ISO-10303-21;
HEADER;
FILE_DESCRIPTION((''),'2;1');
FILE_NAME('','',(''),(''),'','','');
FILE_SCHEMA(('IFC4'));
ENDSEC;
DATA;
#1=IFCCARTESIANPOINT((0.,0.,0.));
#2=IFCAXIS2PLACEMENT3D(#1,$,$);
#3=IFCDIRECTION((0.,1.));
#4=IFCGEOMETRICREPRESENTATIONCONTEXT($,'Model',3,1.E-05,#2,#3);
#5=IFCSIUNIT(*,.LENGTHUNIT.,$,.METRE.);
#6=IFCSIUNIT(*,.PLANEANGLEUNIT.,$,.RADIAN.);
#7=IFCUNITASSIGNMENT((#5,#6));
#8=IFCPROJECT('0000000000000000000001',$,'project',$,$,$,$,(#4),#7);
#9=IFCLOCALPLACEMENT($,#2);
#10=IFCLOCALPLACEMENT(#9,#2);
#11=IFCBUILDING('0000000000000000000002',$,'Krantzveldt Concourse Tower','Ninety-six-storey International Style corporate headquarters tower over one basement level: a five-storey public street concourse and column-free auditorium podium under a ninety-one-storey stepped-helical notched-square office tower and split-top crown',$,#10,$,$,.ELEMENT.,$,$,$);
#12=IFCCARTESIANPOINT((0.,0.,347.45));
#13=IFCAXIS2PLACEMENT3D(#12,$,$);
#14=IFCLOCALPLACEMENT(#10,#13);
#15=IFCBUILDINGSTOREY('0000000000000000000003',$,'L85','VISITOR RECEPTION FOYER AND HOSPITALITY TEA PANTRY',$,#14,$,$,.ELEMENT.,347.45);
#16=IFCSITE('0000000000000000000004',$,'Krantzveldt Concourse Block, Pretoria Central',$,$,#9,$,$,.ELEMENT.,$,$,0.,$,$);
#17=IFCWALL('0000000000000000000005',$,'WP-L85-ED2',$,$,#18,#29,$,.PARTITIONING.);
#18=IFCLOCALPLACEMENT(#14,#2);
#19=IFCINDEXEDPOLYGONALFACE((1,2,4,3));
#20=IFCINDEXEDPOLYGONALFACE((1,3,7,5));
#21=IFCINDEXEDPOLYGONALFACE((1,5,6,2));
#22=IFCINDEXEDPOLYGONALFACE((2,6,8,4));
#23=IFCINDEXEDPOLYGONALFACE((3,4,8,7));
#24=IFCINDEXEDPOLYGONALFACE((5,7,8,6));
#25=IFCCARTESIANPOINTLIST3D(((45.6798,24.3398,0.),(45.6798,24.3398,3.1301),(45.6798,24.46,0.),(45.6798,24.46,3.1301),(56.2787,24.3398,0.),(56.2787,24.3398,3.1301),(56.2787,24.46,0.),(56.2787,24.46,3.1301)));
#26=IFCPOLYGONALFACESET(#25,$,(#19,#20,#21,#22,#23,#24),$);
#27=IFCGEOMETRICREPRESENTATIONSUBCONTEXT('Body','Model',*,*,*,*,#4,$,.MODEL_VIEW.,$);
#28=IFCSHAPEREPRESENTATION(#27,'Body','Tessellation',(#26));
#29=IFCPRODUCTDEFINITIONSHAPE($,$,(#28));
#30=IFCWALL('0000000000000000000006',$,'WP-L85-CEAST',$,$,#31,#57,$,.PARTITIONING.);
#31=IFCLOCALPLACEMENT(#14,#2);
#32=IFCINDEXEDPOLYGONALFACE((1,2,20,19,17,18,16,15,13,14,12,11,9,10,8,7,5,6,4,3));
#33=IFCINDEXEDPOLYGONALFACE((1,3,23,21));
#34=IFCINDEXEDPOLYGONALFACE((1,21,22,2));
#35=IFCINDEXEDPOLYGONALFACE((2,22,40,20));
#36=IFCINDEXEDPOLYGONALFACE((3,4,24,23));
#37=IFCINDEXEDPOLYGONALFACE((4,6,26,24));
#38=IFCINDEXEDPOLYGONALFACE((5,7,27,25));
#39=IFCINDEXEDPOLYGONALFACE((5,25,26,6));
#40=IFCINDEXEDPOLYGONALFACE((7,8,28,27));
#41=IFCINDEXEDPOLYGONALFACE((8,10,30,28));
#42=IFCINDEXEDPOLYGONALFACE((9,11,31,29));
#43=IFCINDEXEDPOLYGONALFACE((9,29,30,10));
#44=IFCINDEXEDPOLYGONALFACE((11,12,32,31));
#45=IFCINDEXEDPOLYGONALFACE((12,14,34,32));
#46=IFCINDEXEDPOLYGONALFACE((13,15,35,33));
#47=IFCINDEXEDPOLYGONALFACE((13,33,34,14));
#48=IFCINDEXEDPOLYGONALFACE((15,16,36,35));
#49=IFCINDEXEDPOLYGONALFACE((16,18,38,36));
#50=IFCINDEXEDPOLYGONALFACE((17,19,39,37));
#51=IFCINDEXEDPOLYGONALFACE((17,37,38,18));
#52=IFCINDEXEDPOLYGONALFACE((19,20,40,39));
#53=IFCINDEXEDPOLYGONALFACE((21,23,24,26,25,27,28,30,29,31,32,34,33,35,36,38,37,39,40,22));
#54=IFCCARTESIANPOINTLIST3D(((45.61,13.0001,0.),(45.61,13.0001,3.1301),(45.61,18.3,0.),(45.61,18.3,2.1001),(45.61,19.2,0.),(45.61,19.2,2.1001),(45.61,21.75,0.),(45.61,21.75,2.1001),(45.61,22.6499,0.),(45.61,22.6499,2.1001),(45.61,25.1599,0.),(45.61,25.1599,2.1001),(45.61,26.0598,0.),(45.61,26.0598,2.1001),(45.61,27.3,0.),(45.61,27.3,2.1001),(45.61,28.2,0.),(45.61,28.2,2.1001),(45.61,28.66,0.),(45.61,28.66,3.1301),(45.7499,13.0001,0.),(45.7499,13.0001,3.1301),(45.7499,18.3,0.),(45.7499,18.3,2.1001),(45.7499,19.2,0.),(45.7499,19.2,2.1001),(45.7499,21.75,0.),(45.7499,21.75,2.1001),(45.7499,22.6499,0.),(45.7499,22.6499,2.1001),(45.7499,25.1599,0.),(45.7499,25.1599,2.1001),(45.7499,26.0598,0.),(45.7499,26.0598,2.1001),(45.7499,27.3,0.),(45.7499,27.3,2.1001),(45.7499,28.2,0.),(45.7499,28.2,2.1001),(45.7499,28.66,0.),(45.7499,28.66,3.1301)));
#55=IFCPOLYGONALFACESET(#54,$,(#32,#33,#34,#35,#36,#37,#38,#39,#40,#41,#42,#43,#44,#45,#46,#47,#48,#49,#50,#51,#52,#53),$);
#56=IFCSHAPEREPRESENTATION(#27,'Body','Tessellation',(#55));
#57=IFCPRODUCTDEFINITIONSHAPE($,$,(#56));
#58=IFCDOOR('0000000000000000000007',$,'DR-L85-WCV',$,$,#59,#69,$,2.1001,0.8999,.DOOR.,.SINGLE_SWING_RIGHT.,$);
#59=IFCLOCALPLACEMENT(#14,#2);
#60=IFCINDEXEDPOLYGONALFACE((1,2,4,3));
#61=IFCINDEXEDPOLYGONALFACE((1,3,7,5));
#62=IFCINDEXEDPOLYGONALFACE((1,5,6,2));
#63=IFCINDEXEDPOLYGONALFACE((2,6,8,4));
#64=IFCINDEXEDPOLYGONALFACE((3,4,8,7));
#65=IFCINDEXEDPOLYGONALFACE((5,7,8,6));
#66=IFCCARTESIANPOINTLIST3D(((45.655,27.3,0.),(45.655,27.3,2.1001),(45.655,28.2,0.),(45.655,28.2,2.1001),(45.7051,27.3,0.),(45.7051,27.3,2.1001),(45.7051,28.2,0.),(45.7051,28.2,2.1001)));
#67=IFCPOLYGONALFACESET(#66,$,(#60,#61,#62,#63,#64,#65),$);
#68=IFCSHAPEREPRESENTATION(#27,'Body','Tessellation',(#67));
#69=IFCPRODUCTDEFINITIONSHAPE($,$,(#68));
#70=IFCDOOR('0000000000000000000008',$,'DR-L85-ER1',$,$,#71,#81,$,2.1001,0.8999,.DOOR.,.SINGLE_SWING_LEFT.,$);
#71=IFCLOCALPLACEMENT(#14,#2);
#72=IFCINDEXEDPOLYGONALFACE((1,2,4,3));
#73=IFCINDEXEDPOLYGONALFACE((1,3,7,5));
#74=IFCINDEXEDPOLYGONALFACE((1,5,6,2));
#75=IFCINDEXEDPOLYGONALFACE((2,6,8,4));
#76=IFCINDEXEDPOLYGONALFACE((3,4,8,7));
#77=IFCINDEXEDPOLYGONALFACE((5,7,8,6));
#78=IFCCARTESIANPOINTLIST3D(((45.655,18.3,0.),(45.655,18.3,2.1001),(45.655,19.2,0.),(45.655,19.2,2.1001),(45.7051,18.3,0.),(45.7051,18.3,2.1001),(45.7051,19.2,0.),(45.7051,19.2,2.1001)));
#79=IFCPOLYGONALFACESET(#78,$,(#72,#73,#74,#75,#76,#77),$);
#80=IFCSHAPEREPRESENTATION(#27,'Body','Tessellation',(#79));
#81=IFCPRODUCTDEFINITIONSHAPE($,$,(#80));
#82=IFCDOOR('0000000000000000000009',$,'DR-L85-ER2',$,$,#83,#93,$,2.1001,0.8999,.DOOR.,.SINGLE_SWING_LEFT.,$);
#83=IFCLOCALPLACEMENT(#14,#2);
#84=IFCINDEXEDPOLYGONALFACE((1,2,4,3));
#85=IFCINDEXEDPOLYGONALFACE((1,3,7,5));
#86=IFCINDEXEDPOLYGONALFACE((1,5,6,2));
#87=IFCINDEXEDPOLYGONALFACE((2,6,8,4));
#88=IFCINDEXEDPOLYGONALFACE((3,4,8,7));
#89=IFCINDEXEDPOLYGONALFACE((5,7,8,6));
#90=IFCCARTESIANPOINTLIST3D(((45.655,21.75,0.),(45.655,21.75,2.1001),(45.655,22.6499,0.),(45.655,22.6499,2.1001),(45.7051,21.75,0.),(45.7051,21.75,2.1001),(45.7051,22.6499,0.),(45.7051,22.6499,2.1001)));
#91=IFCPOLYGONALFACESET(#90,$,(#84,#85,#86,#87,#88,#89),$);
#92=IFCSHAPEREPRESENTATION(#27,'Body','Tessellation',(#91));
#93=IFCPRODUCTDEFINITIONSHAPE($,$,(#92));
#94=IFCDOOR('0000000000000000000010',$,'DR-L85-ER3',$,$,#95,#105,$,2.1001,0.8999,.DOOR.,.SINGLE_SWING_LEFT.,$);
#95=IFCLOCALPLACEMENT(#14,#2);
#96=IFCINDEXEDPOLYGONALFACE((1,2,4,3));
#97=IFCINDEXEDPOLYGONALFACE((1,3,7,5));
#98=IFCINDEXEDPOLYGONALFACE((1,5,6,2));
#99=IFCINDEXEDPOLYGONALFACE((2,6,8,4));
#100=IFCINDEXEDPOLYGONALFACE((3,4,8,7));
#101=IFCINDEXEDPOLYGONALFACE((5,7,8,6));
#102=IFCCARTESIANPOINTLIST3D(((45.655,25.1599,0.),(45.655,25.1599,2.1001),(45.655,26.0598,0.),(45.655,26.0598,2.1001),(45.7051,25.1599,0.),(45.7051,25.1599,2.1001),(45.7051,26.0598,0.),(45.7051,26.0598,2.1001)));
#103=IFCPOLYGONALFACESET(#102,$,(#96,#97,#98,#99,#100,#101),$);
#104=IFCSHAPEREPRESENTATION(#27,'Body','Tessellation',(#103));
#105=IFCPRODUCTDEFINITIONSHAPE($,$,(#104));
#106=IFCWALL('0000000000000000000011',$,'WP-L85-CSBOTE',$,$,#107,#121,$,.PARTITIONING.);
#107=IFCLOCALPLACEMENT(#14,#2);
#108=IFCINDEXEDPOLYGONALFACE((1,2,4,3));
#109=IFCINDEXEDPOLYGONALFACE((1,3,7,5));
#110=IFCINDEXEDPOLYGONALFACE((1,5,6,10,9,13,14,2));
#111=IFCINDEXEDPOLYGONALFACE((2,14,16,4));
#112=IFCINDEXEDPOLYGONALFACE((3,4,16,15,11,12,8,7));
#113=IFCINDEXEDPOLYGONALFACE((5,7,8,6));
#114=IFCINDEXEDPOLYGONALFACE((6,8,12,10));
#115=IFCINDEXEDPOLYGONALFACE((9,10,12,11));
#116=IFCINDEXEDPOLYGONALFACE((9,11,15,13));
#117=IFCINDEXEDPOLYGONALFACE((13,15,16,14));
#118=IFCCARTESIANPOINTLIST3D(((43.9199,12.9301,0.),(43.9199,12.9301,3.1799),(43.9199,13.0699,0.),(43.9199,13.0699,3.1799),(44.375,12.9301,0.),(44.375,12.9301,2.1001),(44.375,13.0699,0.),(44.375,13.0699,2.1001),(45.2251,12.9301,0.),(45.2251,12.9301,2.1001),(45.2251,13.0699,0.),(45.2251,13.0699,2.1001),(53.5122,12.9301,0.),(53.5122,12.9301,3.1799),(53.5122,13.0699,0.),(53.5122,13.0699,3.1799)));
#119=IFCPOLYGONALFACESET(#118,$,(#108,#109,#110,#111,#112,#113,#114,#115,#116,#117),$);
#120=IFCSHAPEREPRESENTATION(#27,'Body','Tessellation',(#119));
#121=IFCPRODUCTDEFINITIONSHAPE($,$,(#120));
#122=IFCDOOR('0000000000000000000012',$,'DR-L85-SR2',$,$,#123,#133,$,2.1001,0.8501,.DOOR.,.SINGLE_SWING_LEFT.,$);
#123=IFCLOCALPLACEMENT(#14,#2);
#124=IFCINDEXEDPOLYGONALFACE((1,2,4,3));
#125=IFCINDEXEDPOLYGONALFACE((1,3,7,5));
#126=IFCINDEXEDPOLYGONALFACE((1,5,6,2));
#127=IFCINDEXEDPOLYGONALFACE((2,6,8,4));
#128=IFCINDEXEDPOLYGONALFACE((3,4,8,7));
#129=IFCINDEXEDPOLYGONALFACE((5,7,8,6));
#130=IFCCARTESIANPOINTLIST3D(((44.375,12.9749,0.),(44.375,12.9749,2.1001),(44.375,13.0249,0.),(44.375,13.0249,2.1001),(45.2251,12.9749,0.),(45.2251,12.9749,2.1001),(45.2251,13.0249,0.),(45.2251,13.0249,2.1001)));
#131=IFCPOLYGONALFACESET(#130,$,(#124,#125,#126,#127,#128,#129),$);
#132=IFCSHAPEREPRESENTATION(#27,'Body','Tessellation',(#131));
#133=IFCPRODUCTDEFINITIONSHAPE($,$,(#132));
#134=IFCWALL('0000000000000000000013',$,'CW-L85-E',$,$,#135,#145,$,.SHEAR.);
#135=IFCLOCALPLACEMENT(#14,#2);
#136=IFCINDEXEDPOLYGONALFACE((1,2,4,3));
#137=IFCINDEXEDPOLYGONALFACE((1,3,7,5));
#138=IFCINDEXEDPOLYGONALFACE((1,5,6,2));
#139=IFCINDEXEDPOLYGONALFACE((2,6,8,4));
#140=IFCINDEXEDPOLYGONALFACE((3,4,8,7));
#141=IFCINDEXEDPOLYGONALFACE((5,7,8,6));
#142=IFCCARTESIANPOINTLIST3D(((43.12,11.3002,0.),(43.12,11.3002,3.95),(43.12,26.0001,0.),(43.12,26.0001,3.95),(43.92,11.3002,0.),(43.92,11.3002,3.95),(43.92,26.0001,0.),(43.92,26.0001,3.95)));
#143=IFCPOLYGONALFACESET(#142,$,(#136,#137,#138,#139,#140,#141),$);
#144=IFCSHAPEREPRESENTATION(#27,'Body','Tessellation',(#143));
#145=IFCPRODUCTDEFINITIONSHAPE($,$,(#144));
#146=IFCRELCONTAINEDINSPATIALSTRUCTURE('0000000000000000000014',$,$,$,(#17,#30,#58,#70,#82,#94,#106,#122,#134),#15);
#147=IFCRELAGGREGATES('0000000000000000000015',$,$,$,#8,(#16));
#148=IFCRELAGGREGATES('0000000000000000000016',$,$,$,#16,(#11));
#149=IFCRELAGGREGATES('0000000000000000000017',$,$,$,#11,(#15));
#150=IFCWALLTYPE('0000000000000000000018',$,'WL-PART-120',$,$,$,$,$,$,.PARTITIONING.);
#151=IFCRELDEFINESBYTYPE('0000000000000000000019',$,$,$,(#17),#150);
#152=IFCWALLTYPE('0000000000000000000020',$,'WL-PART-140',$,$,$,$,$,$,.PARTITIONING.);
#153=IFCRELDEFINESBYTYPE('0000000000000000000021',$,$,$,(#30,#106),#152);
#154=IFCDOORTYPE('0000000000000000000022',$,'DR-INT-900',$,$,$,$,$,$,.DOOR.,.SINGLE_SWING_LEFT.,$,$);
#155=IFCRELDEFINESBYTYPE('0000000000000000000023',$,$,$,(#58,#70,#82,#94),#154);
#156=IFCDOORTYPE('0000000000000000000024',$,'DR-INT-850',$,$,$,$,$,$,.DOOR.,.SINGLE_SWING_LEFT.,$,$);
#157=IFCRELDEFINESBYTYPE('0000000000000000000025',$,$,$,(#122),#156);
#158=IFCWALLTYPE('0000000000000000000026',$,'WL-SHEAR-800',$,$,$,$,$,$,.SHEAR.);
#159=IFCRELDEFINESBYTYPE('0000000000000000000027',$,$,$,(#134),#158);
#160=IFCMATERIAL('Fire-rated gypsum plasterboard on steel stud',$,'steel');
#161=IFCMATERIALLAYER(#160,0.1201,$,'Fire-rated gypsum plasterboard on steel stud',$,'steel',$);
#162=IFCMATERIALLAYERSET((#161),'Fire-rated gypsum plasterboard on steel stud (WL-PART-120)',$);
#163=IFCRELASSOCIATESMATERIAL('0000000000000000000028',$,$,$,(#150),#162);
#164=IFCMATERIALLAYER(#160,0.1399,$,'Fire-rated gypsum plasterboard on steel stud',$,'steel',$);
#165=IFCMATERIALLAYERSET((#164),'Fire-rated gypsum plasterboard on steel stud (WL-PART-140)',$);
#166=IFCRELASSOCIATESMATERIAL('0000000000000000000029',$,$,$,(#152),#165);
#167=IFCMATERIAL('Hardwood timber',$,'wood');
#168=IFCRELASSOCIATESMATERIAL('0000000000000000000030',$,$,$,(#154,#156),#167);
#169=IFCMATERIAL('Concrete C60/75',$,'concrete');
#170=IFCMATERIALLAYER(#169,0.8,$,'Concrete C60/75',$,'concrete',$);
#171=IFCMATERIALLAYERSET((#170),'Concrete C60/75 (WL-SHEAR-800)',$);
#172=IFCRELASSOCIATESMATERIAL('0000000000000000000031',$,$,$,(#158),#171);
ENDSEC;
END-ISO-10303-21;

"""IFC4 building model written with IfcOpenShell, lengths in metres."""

from ifc_helpers import new_model, si_unit, direction, frame, frame_2d, origin, place, context, subcontext, project, spatial, rectangle, extrude, material, layer, layer_set, type_object, element, fill, save


model = new_model("IFC4")

# Units and contexts
model_context = context("Model", 3, precision=1e-05, world=origin(), true_north=direction((0.0, 1.0)))
body_context = subcontext(model_context, "Body", "Model", "MODEL_VIEW")
ifc_project = project(units=[si_unit("LENGTHUNIT", "METRE"), si_unit("PLANEANGLEUNIT", "RADIAN")], contexts=[model_context])

# Site, building, storey
site_placement = place(None, origin())
site = spatial("IfcSite", under=ifc_project, at=site_placement, Name="Krantzveldt Concourse Block, Pretoria Central", CompositionType="ELEMENT", RefElevation=0.0)
building_placement = place(site_placement, origin())
building = spatial("IfcBuilding", under=site, at=building_placement, Name="Krantzveldt Concourse Tower", Description="Ninety-six-storey International Style corporate headquarters tower over one basement level: a five-storey public street concourse and column-free auditorium podium under a ninety-one-storey stepped-helical notched-square office tower and split-top crown", CompositionType="ELEMENT")
storey_placement = place(building_placement, frame((0.0, 0.0, 347.45)))
storey = spatial("IfcBuildingStorey", under=building, at=storey_placement, Name="L85", Description="VISITOR RECEPTION FOYER AND HOSPITALITY TEA PANTRY", CompositionType="ELEMENT", Elevation=347.45)

# Wall
ifc_material_1 = material(Name="Fire-rated gypsum plasterboard on steel stud", Category="steel")
ifc_layer_1 = layer(ifc_material_1, 0.1201, Name="Fire-rated gypsum plasterboard on steel stud", Category="steel")
ifc_layer_set_1 = layer_set([ifc_layer_1], Name="Fire-rated gypsum plasterboard on steel stud (WL-PART-120)")
wall_type_1 = type_object("IfcWallType", Name="WL-PART-120", PredefinedType="PARTITIONING", material=ifc_layer_set_1)
wall_1_placement = place(storey_placement, frame((45.6799, 24.3999, 0.0), z_axis=(0.0, 0.0, 1.0), x_axis=(1.0, 0.0, 0.0)))
element("IfcWall", 1, at=wall_1_placement, inside=storey, type_object=wall_type_1, Name="WP-L85-ED2", PredefinedType="PARTITIONING", context=body_context, shape_type="SweptSolid", body=[
    extrude(rectangle(XDim=10.5989, YDim=0.1201, at=frame_2d((5.2993, 0.0))), origin(), (0.0, 0.0, 1.0), 3.1301),
])

# Wall, openings, doors
ifc_layer_2 = layer(ifc_material_1, 0.1399, Name="Fire-rated gypsum plasterboard on steel stud", Category="steel")
ifc_layer_set_2 = layer_set([ifc_layer_2], Name="Fire-rated gypsum plasterboard on steel stud (WL-PART-140)")
wall_type_2 = type_object("IfcWallType", Name="WL-PART-140", PredefinedType="PARTITIONING", material=ifc_layer_set_2)
wall_2_placement = place(storey_placement, frame((45.6799, 13.0, 0.0), z_axis=(0.0, 0.0, 1.0), x_axis=(0.0, 1.0, 0.0)))
wall_2 = element("IfcWall", 2, at=wall_2_placement, inside=storey, type_object=wall_type_2, Name="WP-L85-CEAST", PredefinedType="PARTITIONING", context=body_context, shape_type="SweptSolid", body=[
    extrude(rectangle(XDim=15.6599, YDim=0.1399, at=frame_2d((7.8301, 0.0))), origin(), (0.0, 0.0, 1.0), 3.1301),
])
opening_1_placement = place(wall_2_placement, frame((14.3, 0.0, 0.0)))
opening_1 = element("IfcOpeningElement", 3, at=opening_1_placement, cuts=wall_2, PredefinedType="OPENING", context=body_context, shape_type="SweptSolid", body=[
    extrude(rectangle(XDim=0.8999, YDim=2.1001, at=frame_2d((0.45, 1.05))), frame((0.0, 0.0801, 0.0), z_axis=(0.0, -1.0, 0.0), x_axis=(1.0, 0.0, 0.0)), (0.0, 0.0, 1.0), 0.1599),
])
opening_2_placement = place(wall_2_placement, frame((5.3, 0.0, 0.0)))
opening_2 = element("IfcOpeningElement", 4, at=opening_2_placement, cuts=wall_2, PredefinedType="OPENING", context=body_context, shape_type="SweptSolid", body=[
    extrude(rectangle(XDim=0.8999, YDim=2.1001, at=frame_2d((0.45, 1.05))), frame((0.0, 0.0801, 0.0), z_axis=(0.0, -1.0, 0.0), x_axis=(1.0, 0.0, 0.0)), (0.0, 0.0, 1.0), 0.1599),
])
opening_3_placement = place(wall_2_placement, frame((8.75, 0.0, 0.0)))
opening_3 = element("IfcOpeningElement", 5, at=opening_3_placement, cuts=wall_2, PredefinedType="OPENING", context=body_context, shape_type="SweptSolid", body=[
    extrude(rectangle(XDim=0.8999, YDim=2.1001, at=frame_2d((0.45, 1.05))), frame((0.0, 0.0801, 0.0), z_axis=(0.0, -1.0, 0.0), x_axis=(1.0, 0.0, 0.0)), (0.0, 0.0, 1.0), 0.1599),
])
opening_4_placement = place(wall_2_placement, frame((12.1599, 0.0, 0.0)))
opening_4 = element("IfcOpeningElement", 6, at=opening_4_placement, cuts=wall_2, PredefinedType="OPENING", context=body_context, shape_type="SweptSolid", body=[
    extrude(rectangle(XDim=0.8999, YDim=2.1001, at=frame_2d((0.45, 1.05))), frame((0.0, 0.0801, 0.0), z_axis=(0.0, -1.0, 0.0), x_axis=(1.0, 0.0, 0.0)), (0.0, 0.0, 1.0), 0.1599),
])
ifc_material_2 = material(Name="Hardwood timber", Category="wood")
door_type_1 = type_object("IfcDoorType", Name="DR-INT-900", OperationType="SINGLE_SWING_LEFT", PredefinedType="DOOR", material=ifc_material_2)
door_1_placement = place(opening_1_placement, origin())
door_1 = element("IfcDoor", 7, at=door_1_placement, inside=storey, type_object=door_type_1, Name="DR-L85-WCV", OperationType="SINGLE_SWING_RIGHT", OverallHeight=2.1001, OverallWidth=0.8999, PredefinedType="DOOR", context=body_context, shape_type="SweptSolid", body=[
    extrude(rectangle(XDim=0.8999, YDim=2.1001, at=frame_2d((0.45, 1.05))), frame((0.0, 0.0249, 0.0), z_axis=(0.0, -1.0, 0.0), x_axis=(1.0, 0.0, 0.0)), (0.0, 0.0, 1.0), 0.05),
])
fill(opening_1, door_1)
door_2_placement = place(opening_2_placement, origin())
door_2 = element("IfcDoor", 8, at=door_2_placement, inside=storey, type_object=door_type_1, Name="DR-L85-ER1", OperationType="SINGLE_SWING_LEFT", OverallHeight=2.1001, OverallWidth=0.8999, PredefinedType="DOOR", context=body_context, shape_type="SweptSolid", body=[
    extrude(rectangle(XDim=0.8999, YDim=2.1001, at=frame_2d((0.45, 1.05))), frame((0.0, 0.0249, 0.0), z_axis=(0.0, -1.0, 0.0), x_axis=(1.0, 0.0, 0.0)), (0.0, 0.0, 1.0), 0.05),
])
fill(opening_2, door_2)
door_3_placement = place(opening_3_placement, origin())
door_3 = element("IfcDoor", 9, at=door_3_placement, inside=storey, type_object=door_type_1, Name="DR-L85-ER2", OperationType="SINGLE_SWING_LEFT", OverallHeight=2.1001, OverallWidth=0.8999, PredefinedType="DOOR", context=body_context, shape_type="SweptSolid", body=[
    extrude(rectangle(XDim=0.8999, YDim=2.1001, at=frame_2d((0.45, 1.05))), frame((0.0, 0.0249, 0.0), z_axis=(0.0, -1.0, 0.0), x_axis=(1.0, 0.0, 0.0)), (0.0, 0.0, 1.0), 0.05),
])
fill(opening_3, door_3)
door_4_placement = place(opening_4_placement, origin())
door_4 = element("IfcDoor", 10, at=door_4_placement, inside=storey, type_object=door_type_1, Name="DR-L85-ER3", OperationType="SINGLE_SWING_LEFT", OverallHeight=2.1001, OverallWidth=0.8999, PredefinedType="DOOR", context=body_context, shape_type="SweptSolid", body=[
    extrude(rectangle(XDim=0.8999, YDim=2.1001, at=frame_2d((0.45, 1.05))), frame((0.0, 0.0249, 0.0), z_axis=(0.0, -1.0, 0.0), x_axis=(1.0, 0.0, 0.0)), (0.0, 0.0, 1.0), 0.05),
])
fill(opening_4, door_4)

# Wall, opening, door
wall_3_placement = place(storey_placement, frame((43.9199, 13.0, 0.0), z_axis=(0.0, 0.0, 1.0), x_axis=(1.0, 0.0, 0.0)))
wall_3 = element("IfcWall", 11, at=wall_3_placement, inside=storey, type_object=wall_type_2, Name="WP-L85-CSBOTE", PredefinedType="PARTITIONING", context=body_context, shape_type="SweptSolid", body=[
    extrude(rectangle(XDim=9.5923, YDim=0.1399, at=frame_2d((4.7961, 0.0))), origin(), (0.0, 0.0, 1.0), 3.1799),
])
opening_5_placement = place(wall_3_placement, frame((0.4551, 0.0, 0.0)))
opening_5 = element("IfcOpeningElement", 12, at=opening_5_placement, cuts=wall_3, PredefinedType="OPENING", context=body_context, shape_type="SweptSolid", body=[
    extrude(rectangle(XDim=0.8501, YDim=2.1001, at=frame_2d((0.425, 1.05))), frame((0.0, 0.0801, 0.0), z_axis=(0.0, -1.0, 0.0), x_axis=(1.0, 0.0, 0.0)), (0.0, 0.0, 1.0), 0.1599),
])
door_type_2 = type_object("IfcDoorType", Name="DR-INT-850", OperationType="SINGLE_SWING_LEFT", PredefinedType="DOOR", material=ifc_material_2)
door_5_placement = place(opening_5_placement, origin())
door_5 = element("IfcDoor", 13, at=door_5_placement, inside=storey, type_object=door_type_2, Name="DR-L85-SR2", OperationType="SINGLE_SWING_LEFT", OverallHeight=2.1001, OverallWidth=0.8501, PredefinedType="DOOR", context=body_context, shape_type="SweptSolid", body=[
    extrude(rectangle(XDim=0.8501, YDim=2.1001, at=frame_2d((0.425, 1.05))), frame((0.0, 0.0249, 0.0), z_axis=(0.0, -1.0, 0.0), x_axis=(1.0, 0.0, 0.0)), (0.0, 0.0, 1.0), 0.05),
])
fill(opening_5, door_5)

# Wall
ifc_material_3 = material(Name="Concrete C60/75", Category="concrete")
ifc_layer_3 = layer(ifc_material_3, 0.8, Name="Concrete C60/75", Category="concrete")
ifc_layer_set_3 = layer_set([ifc_layer_3], Name="Concrete C60/75 (WL-SHEAR-800)")
wall_type_3 = type_object("IfcWallType", Name="WL-SHEAR-800", PredefinedType="SHEAR", material=ifc_layer_set_3)
wall_4_placement = place(storey_placement, frame((43.52, 11.3, 0.0), z_axis=(0.0, 0.0, 1.0), x_axis=(0.0, 1.0, 0.0)))
element("IfcWall", 14, at=wall_4_placement, inside=storey, type_object=wall_type_3, Name="CW-L85-E", PredefinedType="SHEAR", context=body_context, shape_type="SweptSolid", body=[
    extrude(rectangle(XDim=14.7, YDim=0.8, at=frame_2d((7.3501, 0.0))), origin(), (0.0, 0.0, 1.0), 3.95),
])

save(model, "model.ifc")
